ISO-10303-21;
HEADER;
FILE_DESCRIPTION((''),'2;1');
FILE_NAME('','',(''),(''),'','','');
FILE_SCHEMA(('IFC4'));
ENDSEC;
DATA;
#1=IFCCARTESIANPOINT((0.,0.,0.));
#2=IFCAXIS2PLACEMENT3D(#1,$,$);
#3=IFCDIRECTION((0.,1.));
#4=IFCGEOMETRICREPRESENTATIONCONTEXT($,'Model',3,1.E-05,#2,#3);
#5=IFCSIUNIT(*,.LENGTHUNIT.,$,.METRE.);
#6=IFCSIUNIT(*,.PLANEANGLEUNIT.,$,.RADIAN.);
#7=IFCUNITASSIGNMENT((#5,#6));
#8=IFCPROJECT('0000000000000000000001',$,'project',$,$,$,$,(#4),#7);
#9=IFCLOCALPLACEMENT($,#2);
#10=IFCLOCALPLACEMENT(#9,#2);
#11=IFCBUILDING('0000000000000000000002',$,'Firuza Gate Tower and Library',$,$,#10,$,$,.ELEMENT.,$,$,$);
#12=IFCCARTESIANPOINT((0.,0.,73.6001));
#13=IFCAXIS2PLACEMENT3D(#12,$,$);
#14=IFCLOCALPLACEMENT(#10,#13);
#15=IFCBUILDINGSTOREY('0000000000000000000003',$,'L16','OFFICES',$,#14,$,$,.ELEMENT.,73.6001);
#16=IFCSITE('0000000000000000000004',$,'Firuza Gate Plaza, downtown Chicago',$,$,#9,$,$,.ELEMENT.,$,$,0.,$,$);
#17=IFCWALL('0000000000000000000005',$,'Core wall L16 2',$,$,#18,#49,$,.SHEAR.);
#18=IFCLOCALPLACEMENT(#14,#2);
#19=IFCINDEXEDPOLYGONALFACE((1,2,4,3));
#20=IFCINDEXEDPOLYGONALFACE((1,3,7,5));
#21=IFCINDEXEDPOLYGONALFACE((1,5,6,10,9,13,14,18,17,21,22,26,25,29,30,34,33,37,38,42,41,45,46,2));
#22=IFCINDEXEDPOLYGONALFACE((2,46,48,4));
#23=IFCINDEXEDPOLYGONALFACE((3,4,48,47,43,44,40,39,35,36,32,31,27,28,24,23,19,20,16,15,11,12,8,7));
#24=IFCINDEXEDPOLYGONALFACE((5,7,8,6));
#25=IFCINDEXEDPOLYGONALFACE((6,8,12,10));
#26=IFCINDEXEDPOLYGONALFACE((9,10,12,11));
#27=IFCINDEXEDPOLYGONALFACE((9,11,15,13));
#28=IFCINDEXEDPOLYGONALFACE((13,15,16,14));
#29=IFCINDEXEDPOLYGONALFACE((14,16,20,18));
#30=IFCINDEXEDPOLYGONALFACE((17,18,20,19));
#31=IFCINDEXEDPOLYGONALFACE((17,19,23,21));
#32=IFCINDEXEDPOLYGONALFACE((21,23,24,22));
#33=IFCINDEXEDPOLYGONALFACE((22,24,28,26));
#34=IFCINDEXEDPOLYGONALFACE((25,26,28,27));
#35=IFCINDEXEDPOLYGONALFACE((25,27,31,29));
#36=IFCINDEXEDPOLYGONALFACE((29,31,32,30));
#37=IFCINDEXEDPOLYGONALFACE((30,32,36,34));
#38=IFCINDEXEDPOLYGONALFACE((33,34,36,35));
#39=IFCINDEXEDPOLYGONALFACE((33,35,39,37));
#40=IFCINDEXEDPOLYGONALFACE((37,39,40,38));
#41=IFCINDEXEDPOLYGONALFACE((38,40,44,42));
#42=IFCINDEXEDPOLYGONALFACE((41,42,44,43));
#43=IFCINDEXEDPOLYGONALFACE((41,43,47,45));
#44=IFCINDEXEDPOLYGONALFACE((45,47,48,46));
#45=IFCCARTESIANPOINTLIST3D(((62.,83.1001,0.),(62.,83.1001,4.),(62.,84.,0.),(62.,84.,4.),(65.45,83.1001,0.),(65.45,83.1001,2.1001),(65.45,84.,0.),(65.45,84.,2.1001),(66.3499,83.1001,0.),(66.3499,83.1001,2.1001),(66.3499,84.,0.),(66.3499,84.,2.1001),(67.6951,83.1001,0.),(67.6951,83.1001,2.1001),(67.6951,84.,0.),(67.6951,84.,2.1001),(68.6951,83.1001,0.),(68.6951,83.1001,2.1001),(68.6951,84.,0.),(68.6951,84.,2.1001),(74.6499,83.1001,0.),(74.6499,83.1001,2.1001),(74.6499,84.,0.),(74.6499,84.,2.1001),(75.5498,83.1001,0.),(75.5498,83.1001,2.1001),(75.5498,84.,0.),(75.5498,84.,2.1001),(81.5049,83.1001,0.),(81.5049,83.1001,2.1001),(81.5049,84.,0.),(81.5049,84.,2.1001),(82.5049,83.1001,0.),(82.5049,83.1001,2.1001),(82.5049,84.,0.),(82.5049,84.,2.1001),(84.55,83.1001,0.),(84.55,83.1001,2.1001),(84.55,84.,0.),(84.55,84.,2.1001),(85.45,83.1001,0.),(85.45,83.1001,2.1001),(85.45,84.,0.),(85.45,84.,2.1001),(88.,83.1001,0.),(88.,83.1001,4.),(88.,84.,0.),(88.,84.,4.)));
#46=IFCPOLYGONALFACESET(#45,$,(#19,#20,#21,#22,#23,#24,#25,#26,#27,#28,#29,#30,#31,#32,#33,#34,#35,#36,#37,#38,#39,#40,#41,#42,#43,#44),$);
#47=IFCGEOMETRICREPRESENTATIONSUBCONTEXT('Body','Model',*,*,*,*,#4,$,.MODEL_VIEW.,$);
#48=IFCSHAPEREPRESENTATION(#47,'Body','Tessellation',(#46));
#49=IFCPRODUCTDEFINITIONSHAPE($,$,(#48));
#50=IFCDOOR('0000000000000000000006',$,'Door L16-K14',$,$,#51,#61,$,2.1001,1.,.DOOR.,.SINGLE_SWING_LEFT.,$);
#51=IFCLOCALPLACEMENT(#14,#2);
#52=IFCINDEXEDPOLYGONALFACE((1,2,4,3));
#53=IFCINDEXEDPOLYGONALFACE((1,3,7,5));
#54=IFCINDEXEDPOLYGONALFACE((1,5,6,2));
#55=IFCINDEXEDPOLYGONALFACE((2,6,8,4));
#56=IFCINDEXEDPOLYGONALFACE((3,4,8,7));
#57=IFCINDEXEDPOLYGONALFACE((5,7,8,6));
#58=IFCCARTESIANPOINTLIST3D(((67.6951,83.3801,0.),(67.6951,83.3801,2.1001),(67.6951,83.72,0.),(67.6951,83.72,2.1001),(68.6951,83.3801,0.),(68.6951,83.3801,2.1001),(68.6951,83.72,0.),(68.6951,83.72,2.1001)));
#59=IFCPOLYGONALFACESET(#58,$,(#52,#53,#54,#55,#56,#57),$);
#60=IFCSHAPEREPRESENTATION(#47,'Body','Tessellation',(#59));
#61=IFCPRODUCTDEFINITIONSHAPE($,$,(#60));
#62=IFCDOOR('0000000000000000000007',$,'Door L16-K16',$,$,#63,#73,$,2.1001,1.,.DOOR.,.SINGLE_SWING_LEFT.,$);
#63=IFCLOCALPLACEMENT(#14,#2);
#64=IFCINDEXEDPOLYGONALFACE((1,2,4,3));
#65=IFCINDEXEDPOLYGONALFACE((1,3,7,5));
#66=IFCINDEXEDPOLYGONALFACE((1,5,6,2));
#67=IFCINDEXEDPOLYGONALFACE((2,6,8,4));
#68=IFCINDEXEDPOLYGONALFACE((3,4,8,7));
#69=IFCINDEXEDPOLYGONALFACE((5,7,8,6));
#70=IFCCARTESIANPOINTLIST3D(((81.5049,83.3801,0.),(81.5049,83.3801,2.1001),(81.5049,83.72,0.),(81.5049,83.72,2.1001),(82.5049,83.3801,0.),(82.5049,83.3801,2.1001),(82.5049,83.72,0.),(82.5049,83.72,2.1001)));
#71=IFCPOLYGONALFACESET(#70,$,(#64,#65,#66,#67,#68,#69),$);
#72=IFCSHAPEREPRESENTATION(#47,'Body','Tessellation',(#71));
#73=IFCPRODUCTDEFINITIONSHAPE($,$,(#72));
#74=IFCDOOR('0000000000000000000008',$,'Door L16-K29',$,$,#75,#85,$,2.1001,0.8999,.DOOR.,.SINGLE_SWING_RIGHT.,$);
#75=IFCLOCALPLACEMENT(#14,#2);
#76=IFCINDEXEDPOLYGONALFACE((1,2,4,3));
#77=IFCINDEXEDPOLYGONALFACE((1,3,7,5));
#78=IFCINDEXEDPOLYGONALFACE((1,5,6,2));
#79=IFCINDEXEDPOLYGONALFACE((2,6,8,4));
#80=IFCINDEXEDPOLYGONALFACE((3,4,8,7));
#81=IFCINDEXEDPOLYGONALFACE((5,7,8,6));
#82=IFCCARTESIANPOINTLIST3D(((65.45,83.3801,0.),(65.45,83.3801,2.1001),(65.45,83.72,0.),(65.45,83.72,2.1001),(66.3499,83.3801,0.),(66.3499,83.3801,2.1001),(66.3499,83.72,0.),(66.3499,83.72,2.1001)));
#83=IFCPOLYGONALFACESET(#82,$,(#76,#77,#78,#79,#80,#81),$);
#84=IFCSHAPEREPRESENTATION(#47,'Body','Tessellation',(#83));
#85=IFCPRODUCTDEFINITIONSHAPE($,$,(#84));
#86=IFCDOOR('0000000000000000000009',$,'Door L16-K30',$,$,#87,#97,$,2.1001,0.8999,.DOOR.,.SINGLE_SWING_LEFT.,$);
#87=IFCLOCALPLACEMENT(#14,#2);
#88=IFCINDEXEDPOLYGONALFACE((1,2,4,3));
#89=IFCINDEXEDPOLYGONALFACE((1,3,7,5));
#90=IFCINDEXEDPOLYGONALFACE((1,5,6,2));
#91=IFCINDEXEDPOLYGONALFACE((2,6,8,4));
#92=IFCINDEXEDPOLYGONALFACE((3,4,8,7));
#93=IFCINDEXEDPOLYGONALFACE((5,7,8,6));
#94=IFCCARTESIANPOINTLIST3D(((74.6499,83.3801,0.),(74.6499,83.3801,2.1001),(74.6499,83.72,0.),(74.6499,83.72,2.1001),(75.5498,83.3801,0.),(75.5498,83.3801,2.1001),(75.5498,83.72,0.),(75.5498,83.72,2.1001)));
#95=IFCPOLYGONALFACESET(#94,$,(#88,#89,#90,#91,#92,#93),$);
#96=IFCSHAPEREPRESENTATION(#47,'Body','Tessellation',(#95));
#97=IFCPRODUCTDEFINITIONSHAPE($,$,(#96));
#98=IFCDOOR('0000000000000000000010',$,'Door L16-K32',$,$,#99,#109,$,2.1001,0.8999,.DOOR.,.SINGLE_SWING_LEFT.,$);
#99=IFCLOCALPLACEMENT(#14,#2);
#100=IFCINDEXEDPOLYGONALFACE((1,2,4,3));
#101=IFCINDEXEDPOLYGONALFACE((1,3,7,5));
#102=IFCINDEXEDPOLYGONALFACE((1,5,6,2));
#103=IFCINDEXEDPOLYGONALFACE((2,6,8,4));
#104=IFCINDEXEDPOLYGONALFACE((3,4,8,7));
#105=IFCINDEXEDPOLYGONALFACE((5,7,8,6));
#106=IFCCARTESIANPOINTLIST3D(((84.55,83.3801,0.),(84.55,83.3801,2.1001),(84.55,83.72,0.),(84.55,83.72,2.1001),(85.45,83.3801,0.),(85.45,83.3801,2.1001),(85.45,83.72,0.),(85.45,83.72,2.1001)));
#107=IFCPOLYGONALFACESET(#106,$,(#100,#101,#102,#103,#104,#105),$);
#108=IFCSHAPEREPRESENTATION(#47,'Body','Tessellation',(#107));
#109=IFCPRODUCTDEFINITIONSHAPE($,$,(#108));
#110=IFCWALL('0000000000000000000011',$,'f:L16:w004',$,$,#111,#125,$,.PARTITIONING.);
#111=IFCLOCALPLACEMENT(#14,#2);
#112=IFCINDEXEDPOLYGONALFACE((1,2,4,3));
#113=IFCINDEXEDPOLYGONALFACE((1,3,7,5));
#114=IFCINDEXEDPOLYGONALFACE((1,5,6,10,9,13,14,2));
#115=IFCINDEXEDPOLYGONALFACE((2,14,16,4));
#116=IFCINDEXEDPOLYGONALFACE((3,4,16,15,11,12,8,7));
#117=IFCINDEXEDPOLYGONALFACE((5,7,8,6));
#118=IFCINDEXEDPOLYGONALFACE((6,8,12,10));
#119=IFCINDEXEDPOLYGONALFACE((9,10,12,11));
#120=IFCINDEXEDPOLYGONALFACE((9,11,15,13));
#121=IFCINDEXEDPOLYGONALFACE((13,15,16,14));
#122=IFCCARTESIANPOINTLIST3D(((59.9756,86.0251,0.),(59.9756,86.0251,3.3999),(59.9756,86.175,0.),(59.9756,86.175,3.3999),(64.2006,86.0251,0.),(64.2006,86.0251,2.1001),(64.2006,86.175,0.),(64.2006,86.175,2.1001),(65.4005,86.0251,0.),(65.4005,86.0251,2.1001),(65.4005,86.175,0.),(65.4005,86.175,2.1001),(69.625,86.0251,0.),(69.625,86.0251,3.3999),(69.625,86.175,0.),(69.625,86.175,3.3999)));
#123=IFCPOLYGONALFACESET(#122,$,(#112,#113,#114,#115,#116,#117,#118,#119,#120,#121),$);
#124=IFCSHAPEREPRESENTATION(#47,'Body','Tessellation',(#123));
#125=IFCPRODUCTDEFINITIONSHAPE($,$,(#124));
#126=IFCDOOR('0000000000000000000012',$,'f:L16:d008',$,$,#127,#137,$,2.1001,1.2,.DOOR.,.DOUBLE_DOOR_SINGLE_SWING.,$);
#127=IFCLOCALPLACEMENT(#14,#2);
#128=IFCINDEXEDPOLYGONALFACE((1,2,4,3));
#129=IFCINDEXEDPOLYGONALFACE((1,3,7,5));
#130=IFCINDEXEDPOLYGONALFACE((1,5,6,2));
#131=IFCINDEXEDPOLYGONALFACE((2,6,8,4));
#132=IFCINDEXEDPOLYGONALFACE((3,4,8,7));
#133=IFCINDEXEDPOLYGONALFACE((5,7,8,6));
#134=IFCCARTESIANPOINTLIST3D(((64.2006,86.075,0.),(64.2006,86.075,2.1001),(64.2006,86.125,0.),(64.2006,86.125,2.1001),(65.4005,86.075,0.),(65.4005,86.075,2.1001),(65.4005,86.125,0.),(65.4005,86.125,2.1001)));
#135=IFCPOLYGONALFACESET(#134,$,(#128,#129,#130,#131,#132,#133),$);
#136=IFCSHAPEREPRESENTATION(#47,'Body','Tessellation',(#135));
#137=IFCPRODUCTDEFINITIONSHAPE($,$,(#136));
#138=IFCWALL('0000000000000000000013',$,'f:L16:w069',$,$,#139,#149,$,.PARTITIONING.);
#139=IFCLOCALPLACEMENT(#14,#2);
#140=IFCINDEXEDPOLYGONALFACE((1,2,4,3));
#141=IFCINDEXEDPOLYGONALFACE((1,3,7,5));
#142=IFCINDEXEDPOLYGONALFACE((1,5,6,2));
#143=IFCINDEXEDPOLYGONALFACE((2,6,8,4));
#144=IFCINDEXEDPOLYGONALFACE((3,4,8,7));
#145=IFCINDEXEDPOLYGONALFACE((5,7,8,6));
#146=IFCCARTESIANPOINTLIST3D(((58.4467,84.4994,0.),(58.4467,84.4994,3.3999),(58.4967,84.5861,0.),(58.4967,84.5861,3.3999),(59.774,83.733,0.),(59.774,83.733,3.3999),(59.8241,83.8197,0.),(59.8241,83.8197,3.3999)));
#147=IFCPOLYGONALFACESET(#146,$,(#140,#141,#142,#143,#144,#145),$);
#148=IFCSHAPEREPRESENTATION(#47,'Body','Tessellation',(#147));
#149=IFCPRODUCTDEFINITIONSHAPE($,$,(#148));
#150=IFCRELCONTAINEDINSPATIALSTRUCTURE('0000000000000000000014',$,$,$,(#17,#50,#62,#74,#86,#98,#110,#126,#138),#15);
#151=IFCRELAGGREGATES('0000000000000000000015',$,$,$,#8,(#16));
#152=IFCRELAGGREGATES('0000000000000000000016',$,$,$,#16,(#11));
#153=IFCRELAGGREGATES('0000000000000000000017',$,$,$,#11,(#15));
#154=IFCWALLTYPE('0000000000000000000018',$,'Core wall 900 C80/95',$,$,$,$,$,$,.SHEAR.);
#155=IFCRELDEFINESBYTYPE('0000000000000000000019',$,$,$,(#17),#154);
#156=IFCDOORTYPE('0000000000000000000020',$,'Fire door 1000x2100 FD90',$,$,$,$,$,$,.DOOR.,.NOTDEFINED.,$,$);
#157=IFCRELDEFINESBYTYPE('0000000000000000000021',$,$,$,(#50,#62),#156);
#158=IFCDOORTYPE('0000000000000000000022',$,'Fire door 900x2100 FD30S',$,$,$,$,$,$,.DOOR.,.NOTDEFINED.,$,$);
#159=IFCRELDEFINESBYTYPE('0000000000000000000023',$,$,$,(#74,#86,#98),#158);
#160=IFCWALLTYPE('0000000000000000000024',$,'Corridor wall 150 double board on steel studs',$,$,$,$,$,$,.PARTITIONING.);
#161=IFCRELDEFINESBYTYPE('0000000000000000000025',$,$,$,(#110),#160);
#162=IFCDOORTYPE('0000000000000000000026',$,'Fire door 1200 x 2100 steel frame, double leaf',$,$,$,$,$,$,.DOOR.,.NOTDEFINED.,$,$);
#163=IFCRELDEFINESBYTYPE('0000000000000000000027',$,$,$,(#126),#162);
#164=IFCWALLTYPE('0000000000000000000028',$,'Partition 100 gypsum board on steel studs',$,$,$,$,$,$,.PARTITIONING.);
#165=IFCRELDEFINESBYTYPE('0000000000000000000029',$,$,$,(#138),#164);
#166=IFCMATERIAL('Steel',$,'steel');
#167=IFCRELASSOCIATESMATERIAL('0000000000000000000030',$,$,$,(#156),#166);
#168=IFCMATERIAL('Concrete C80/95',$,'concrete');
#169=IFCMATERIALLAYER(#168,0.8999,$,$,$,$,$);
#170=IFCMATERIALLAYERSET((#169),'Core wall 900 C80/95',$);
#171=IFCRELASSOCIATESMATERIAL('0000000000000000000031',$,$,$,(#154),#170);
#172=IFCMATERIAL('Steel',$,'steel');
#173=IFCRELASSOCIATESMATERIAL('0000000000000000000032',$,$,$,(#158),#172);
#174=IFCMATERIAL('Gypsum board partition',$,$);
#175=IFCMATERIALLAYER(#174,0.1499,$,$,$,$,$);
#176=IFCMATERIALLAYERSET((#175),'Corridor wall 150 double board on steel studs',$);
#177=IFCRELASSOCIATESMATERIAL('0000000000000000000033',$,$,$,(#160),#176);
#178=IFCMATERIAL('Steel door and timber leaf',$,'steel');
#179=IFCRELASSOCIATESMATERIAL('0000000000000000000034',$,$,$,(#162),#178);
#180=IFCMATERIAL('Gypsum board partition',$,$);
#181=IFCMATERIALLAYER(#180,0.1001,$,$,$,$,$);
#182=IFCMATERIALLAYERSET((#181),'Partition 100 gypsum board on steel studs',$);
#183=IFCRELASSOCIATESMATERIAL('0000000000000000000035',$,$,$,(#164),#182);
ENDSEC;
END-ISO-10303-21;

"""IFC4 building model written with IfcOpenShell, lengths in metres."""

from ifc_helpers import new_model, si_unit, direction, frame, frame_2d, origin, place, context, subcontext, project, spatial, rectangle, extrude, material, layer, layer_set, type_object, element, fill, save


model = new_model("IFC4")

# Units and contexts
model_context = context("Model", 3, precision=1e-05, world=origin(), true_north=direction((0.0, 1.0)))
body_context = subcontext(model_context, "Body", "Model", "MODEL_VIEW")
ifc_project = project(units=[si_unit("LENGTHUNIT", "METRE"), si_unit("PLANEANGLEUNIT", "RADIAN")], contexts=[model_context])

# Site, building, storey
site_placement = place(None, origin())
site = spatial("IfcSite", under=ifc_project, at=site_placement, Name="Firuza Gate Plaza, downtown Chicago", CompositionType="ELEMENT", RefElevation=0.0)
building_placement = place(site_placement, origin())
building = spatial("IfcBuilding", under=site, at=building_placement, Name="Firuza Gate Tower and Library", CompositionType="ELEMENT")
storey_placement = place(building_placement, frame((0.0, 0.0, 73.6001)))
storey = spatial("IfcBuildingStorey", under=building, at=storey_placement, Name="L16", Description="OFFICES", CompositionType="ELEMENT", Elevation=73.6001)

# Shared definitions
ifc_material_1 = material(Name="Steel", Category="steel")
door_type_1 = type_object("IfcDoorType", Name="Fire door 1000x2100 FD90", OperationType="NOTDEFINED", PredefinedType="DOOR", material=ifc_material_1)

# Wall, openings, doors
ifc_material_2 = material(Name="Concrete C80/95", Category="concrete")
ifc_layer_1 = layer(ifc_material_2, 0.8999)
ifc_layer_set_1 = layer_set([ifc_layer_1], Name="Core wall 900 C80/95")
wall_type_1 = type_object("IfcWallType", Name="Core wall 900 C80/95", PredefinedType="SHEAR", material=ifc_layer_set_1)
wall_1_placement = place(storey_placement, frame((62.0, 83.55, 0.0), z_axis=(0.0, 0.0, 1.0), x_axis=(1.0, 0.0, 0.0)))
wall_1 = element("IfcWall", 1, at=wall_1_placement, inside=storey, type_object=wall_type_1, Name="Core wall L16 2", PredefinedType="SHEAR", context=body_context, shape_type="SweptSolid", body=[
    extrude(rectangle(XDim=26.0, YDim=0.8999, at=frame_2d((13.0, 0.0))), origin(), (0.0, 0.0, 1.0), 4.0),
])
opening_1_placement = place(wall_1_placement, frame((5.6951, 0.0, 0.0)))
opening_1 = element("IfcOpeningElement", 2, at=opening_1_placement, cuts=wall_1, PredefinedType="OPENING", context=body_context, shape_type="SweptSolid", body=[
    extrude(rectangle(XDim=1.0, YDim=2.1001, at=frame_2d((0.5, 1.05))), frame((0.0, 0.46, 0.0), z_axis=(0.0, -1.0, 0.0), x_axis=(1.0, 0.0, 0.0)), (0.0, 0.0, 1.0), 0.9199),
])
opening_2_placement = place(wall_1_placement, frame((19.5049, 0.0, 0.0)))
opening_2 = element("IfcOpeningElement", 3, at=opening_2_placement, cuts=wall_1, PredefinedType="OPENING", context=body_context, shape_type="SweptSolid", body=[
    extrude(rectangle(XDim=1.0, YDim=2.1001, at=frame_2d((0.5, 1.05))), frame((0.0, 0.46, 0.0), z_axis=(0.0, -1.0, 0.0), x_axis=(1.0, 0.0, 0.0)), (0.0, 0.0, 1.0), 0.9199),
])
opening_3_placement = place(wall_1_placement, frame((3.45, 0.0, 0.0)))
opening_3 = element("IfcOpeningElement", 4, at=opening_3_placement, cuts=wall_1, PredefinedType="OPENING", context=body_context, shape_type="SweptSolid", body=[
    extrude(rectangle(XDim=0.8999, YDim=2.1001, at=frame_2d((0.45, 1.05))), frame((0.0, 0.46, 0.0), z_axis=(0.0, -1.0, 0.0), x_axis=(1.0, 0.0, 0.0)), (0.0, 0.0, 1.0), 0.9199),
])
opening_4_placement = place(wall_1_placement, frame((12.6499, 0.0, 0.0)))
opening_4 = element("IfcOpeningElement", 5, at=opening_4_placement, cuts=wall_1, PredefinedType="OPENING", context=body_context, shape_type="SweptSolid", body=[
    extrude(rectangle(XDim=0.8999, YDim=2.1001, at=frame_2d((0.45, 1.05))), frame((0.0, 0.46, 0.0), z_axis=(0.0, -1.0, 0.0), x_axis=(1.0, 0.0, 0.0)), (0.0, 0.0, 1.0), 0.9199),
])
opening_5_placement = place(wall_1_placement, frame((22.55, 0.0, 0.0)))
opening_5 = element("IfcOpeningElement", 6, at=opening_5_placement, cuts=wall_1, PredefinedType="OPENING", context=body_context, shape_type="SweptSolid", body=[
    extrude(rectangle(XDim=0.8999, YDim=2.1001, at=frame_2d((0.45, 1.05))), frame((0.0, 0.46, 0.0), z_axis=(0.0, -1.0, 0.0), x_axis=(1.0, 0.0, 0.0)), (0.0, 0.0, 1.0), 0.9199),
])
door_1_placement = place(opening_1_placement, origin())
door_1 = element("IfcDoor", 7, at=door_1_placement, inside=storey, type_object=door_type_1, Name="Door L16-K14", OperationType="SINGLE_SWING_LEFT", OverallHeight=2.1001, OverallWidth=1.0, PredefinedType="DOOR", context=body_context, shape_type="SweptSolid", body=[
    extrude(rectangle(XDim=1.0, YDim=2.1001, at=frame_2d((0.5, 1.05))), frame((0.0, 0.1699, 0.0), z_axis=(0.0, -1.0, 0.0), x_axis=(1.0, 0.0, 0.0)), (0.0, 0.0, 1.0), 0.3398),
])
fill(opening_1, door_1)
door_2_placement = place(opening_2_placement, origin())
door_2 = element("IfcDoor", 8, at=door_2_placement, inside=storey, type_object=door_type_1, Name="Door L16-K16", OperationType="SINGLE_SWING_LEFT", OverallHeight=2.1001, OverallWidth=1.0, PredefinedType="DOOR", context=body_context, shape_type="SweptSolid", body=[
    extrude(rectangle(XDim=1.0, YDim=2.1001, at=frame_2d((0.5, 1.05))), frame((0.0, 0.1699, 0.0), z_axis=(0.0, -1.0, 0.0), x_axis=(1.0, 0.0, 0.0)), (0.0, 0.0, 1.0), 0.3398),
])
fill(opening_2, door_2)
ifc_material_3 = material(Name="Steel", Category="steel")
door_type_2 = type_object("IfcDoorType", Name="Fire door 900x2100 FD30S", OperationType="NOTDEFINED", PredefinedType="DOOR", material=ifc_material_3)
door_3_placement = place(opening_3_placement, origin())
door_3 = element("IfcDoor", 9, at=door_3_placement, inside=storey, type_object=door_type_2, Name="Door L16-K29", OperationType="SINGLE_SWING_RIGHT", OverallHeight=2.1001, OverallWidth=0.8999, PredefinedType="DOOR", context=body_context, shape_type="SweptSolid", body=[
    extrude(rectangle(XDim=0.8999, YDim=2.1001, at=frame_2d((0.45, 1.05))), frame((0.0, 0.1699, 0.0), z_axis=(0.0, -1.0, 0.0), x_axis=(1.0, 0.0, 0.0)), (0.0, 0.0, 1.0), 0.3398),
])
fill(opening_3, door_3)
door_4_placement = place(opening_4_placement, origin())
door_4 = element("IfcDoor", 10, at=door_4_placement, inside=storey, type_object=door_type_2, Name="Door L16-K30", OperationType="SINGLE_SWING_LEFT", OverallHeight=2.1001, OverallWidth=0.8999, PredefinedType="DOOR", context=body_context, shape_type="SweptSolid", body=[
    extrude(rectangle(XDim=0.8999, YDim=2.1001, at=frame_2d((0.45, 1.05))), frame((0.0, 0.1699, 0.0), z_axis=(0.0, -1.0, 0.0), x_axis=(1.0, 0.0, 0.0)), (0.0, 0.0, 1.0), 0.3398),
])
fill(opening_4, door_4)
door_5_placement = place(opening_5_placement, origin())
door_5 = element("IfcDoor", 11, at=door_5_placement, inside=storey, type_object=door_type_2, Name="Door L16-K32", OperationType="SINGLE_SWING_LEFT", OverallHeight=2.1001, OverallWidth=0.8999, PredefinedType="DOOR", context=body_context, shape_type="SweptSolid", body=[
    extrude(rectangle(XDim=0.8999, YDim=2.1001, at=frame_2d((0.45, 1.05))), frame((0.0, 0.1699, 0.0), z_axis=(0.0, -1.0, 0.0), x_axis=(1.0, 0.0, 0.0)), (0.0, 0.0, 1.0), 0.3398),
])
fill(opening_5, door_5)

# Wall, opening, door
ifc_material_4 = material(Name="Gypsum board partition")
ifc_layer_2 = layer(ifc_material_4, 0.1499)
ifc_layer_set_2 = layer_set([ifc_layer_2], Name="Corridor wall 150 double board on steel studs")
wall_type_2 = type_object("IfcWallType", Name="Corridor wall 150 double board on steel studs", PredefinedType="PARTITIONING", material=ifc_layer_set_2)
wall_2_placement = place(storey_placement, frame((59.9756, 86.1001, 0.0), z_axis=(0.0, 0.0, 1.0), x_axis=(1.0, 0.0, 0.0)))
wall_2 = element("IfcWall", 12, at=wall_2_placement, inside=storey, type_object=wall_type_2, Name="f:L16:w004", PredefinedType="PARTITIONING", context=body_context, shape_type="SweptSolid", body=[
    extrude(rectangle(XDim=9.6494, YDim=0.1499, at=frame_2d((4.8247, 0.0))), origin(), (0.0, 0.0, 1.0), 3.3999),
])
opening_6_placement = place(wall_2_placement, frame((4.2249, 0.0, 0.0)))
opening_6 = element("IfcOpeningElement", 13, at=opening_6_placement, cuts=wall_2, PredefinedType="OPENING", context=body_context, shape_type="SweptSolid", body=[
    extrude(rectangle(XDim=1.2, YDim=2.1001, at=frame_2d((0.6001, 1.05))), frame((0.0, 0.085, 0.0), z_axis=(0.0, -1.0, 0.0), x_axis=(1.0, 0.0, 0.0)), (0.0, 0.0, 1.0), 0.1699),
])
ifc_material_5 = material(Name="Steel door and timber leaf", Category="steel")
door_type_3 = type_object("IfcDoorType", Name="Fire door 1200 x 2100 steel frame, double leaf", OperationType="NOTDEFINED", PredefinedType="DOOR", material=ifc_material_5)
door_6_placement = place(opening_6_placement, origin())
door_6 = element("IfcDoor", 14, at=door_6_placement, inside=storey, type_object=door_type_3, Name="f:L16:d008", OperationType="DOUBLE_DOOR_SINGLE_SWING", OverallHeight=2.1001, OverallWidth=1.2, PredefinedType="DOOR", context=body_context, shape_type="SweptSolid", body=[
    extrude(rectangle(XDim=1.2, YDim=2.1001, at=frame_2d((0.6001, 1.05))), frame((0.0, 0.0249, 0.0), z_axis=(0.0, -1.0, 0.0), x_axis=(1.0, 0.0, 0.0)), (0.0, 0.0, 1.0), 0.05),
])
fill(opening_6, door_6)

# Wall
ifc_material_6 = material(Name="Gypsum board partition")
ifc_layer_3 = layer(ifc_material_6, 0.1001)
ifc_layer_set_3 = layer_set([ifc_layer_3], Name="Partition 100 gypsum board on steel studs")
wall_type_3 = type_object("IfcWallType", Name="Partition 100 gypsum board on steel studs", PredefinedType="PARTITIONING", material=ifc_layer_set_3)
wall_3_placement = place(storey_placement, frame((59.7991, 83.7764, 0.0), z_axis=(0.0, 0.0, 1.0), x_axis=(-0.866029, 0.499994, 0.0)))
element("IfcWall", 15, at=wall_3_placement, inside=storey, type_object=wall_type_3, Name="f:L16:w069", PredefinedType="PARTITIONING", context=body_context, shape_type="SweptSolid", body=[
    extrude(rectangle(XDim=1.5327, YDim=0.1001, at=frame_2d((0.7664, 0.0))), origin(), (0.0, 0.0, 1.0), 3.3999),
])

save(model, "model.ifc")
